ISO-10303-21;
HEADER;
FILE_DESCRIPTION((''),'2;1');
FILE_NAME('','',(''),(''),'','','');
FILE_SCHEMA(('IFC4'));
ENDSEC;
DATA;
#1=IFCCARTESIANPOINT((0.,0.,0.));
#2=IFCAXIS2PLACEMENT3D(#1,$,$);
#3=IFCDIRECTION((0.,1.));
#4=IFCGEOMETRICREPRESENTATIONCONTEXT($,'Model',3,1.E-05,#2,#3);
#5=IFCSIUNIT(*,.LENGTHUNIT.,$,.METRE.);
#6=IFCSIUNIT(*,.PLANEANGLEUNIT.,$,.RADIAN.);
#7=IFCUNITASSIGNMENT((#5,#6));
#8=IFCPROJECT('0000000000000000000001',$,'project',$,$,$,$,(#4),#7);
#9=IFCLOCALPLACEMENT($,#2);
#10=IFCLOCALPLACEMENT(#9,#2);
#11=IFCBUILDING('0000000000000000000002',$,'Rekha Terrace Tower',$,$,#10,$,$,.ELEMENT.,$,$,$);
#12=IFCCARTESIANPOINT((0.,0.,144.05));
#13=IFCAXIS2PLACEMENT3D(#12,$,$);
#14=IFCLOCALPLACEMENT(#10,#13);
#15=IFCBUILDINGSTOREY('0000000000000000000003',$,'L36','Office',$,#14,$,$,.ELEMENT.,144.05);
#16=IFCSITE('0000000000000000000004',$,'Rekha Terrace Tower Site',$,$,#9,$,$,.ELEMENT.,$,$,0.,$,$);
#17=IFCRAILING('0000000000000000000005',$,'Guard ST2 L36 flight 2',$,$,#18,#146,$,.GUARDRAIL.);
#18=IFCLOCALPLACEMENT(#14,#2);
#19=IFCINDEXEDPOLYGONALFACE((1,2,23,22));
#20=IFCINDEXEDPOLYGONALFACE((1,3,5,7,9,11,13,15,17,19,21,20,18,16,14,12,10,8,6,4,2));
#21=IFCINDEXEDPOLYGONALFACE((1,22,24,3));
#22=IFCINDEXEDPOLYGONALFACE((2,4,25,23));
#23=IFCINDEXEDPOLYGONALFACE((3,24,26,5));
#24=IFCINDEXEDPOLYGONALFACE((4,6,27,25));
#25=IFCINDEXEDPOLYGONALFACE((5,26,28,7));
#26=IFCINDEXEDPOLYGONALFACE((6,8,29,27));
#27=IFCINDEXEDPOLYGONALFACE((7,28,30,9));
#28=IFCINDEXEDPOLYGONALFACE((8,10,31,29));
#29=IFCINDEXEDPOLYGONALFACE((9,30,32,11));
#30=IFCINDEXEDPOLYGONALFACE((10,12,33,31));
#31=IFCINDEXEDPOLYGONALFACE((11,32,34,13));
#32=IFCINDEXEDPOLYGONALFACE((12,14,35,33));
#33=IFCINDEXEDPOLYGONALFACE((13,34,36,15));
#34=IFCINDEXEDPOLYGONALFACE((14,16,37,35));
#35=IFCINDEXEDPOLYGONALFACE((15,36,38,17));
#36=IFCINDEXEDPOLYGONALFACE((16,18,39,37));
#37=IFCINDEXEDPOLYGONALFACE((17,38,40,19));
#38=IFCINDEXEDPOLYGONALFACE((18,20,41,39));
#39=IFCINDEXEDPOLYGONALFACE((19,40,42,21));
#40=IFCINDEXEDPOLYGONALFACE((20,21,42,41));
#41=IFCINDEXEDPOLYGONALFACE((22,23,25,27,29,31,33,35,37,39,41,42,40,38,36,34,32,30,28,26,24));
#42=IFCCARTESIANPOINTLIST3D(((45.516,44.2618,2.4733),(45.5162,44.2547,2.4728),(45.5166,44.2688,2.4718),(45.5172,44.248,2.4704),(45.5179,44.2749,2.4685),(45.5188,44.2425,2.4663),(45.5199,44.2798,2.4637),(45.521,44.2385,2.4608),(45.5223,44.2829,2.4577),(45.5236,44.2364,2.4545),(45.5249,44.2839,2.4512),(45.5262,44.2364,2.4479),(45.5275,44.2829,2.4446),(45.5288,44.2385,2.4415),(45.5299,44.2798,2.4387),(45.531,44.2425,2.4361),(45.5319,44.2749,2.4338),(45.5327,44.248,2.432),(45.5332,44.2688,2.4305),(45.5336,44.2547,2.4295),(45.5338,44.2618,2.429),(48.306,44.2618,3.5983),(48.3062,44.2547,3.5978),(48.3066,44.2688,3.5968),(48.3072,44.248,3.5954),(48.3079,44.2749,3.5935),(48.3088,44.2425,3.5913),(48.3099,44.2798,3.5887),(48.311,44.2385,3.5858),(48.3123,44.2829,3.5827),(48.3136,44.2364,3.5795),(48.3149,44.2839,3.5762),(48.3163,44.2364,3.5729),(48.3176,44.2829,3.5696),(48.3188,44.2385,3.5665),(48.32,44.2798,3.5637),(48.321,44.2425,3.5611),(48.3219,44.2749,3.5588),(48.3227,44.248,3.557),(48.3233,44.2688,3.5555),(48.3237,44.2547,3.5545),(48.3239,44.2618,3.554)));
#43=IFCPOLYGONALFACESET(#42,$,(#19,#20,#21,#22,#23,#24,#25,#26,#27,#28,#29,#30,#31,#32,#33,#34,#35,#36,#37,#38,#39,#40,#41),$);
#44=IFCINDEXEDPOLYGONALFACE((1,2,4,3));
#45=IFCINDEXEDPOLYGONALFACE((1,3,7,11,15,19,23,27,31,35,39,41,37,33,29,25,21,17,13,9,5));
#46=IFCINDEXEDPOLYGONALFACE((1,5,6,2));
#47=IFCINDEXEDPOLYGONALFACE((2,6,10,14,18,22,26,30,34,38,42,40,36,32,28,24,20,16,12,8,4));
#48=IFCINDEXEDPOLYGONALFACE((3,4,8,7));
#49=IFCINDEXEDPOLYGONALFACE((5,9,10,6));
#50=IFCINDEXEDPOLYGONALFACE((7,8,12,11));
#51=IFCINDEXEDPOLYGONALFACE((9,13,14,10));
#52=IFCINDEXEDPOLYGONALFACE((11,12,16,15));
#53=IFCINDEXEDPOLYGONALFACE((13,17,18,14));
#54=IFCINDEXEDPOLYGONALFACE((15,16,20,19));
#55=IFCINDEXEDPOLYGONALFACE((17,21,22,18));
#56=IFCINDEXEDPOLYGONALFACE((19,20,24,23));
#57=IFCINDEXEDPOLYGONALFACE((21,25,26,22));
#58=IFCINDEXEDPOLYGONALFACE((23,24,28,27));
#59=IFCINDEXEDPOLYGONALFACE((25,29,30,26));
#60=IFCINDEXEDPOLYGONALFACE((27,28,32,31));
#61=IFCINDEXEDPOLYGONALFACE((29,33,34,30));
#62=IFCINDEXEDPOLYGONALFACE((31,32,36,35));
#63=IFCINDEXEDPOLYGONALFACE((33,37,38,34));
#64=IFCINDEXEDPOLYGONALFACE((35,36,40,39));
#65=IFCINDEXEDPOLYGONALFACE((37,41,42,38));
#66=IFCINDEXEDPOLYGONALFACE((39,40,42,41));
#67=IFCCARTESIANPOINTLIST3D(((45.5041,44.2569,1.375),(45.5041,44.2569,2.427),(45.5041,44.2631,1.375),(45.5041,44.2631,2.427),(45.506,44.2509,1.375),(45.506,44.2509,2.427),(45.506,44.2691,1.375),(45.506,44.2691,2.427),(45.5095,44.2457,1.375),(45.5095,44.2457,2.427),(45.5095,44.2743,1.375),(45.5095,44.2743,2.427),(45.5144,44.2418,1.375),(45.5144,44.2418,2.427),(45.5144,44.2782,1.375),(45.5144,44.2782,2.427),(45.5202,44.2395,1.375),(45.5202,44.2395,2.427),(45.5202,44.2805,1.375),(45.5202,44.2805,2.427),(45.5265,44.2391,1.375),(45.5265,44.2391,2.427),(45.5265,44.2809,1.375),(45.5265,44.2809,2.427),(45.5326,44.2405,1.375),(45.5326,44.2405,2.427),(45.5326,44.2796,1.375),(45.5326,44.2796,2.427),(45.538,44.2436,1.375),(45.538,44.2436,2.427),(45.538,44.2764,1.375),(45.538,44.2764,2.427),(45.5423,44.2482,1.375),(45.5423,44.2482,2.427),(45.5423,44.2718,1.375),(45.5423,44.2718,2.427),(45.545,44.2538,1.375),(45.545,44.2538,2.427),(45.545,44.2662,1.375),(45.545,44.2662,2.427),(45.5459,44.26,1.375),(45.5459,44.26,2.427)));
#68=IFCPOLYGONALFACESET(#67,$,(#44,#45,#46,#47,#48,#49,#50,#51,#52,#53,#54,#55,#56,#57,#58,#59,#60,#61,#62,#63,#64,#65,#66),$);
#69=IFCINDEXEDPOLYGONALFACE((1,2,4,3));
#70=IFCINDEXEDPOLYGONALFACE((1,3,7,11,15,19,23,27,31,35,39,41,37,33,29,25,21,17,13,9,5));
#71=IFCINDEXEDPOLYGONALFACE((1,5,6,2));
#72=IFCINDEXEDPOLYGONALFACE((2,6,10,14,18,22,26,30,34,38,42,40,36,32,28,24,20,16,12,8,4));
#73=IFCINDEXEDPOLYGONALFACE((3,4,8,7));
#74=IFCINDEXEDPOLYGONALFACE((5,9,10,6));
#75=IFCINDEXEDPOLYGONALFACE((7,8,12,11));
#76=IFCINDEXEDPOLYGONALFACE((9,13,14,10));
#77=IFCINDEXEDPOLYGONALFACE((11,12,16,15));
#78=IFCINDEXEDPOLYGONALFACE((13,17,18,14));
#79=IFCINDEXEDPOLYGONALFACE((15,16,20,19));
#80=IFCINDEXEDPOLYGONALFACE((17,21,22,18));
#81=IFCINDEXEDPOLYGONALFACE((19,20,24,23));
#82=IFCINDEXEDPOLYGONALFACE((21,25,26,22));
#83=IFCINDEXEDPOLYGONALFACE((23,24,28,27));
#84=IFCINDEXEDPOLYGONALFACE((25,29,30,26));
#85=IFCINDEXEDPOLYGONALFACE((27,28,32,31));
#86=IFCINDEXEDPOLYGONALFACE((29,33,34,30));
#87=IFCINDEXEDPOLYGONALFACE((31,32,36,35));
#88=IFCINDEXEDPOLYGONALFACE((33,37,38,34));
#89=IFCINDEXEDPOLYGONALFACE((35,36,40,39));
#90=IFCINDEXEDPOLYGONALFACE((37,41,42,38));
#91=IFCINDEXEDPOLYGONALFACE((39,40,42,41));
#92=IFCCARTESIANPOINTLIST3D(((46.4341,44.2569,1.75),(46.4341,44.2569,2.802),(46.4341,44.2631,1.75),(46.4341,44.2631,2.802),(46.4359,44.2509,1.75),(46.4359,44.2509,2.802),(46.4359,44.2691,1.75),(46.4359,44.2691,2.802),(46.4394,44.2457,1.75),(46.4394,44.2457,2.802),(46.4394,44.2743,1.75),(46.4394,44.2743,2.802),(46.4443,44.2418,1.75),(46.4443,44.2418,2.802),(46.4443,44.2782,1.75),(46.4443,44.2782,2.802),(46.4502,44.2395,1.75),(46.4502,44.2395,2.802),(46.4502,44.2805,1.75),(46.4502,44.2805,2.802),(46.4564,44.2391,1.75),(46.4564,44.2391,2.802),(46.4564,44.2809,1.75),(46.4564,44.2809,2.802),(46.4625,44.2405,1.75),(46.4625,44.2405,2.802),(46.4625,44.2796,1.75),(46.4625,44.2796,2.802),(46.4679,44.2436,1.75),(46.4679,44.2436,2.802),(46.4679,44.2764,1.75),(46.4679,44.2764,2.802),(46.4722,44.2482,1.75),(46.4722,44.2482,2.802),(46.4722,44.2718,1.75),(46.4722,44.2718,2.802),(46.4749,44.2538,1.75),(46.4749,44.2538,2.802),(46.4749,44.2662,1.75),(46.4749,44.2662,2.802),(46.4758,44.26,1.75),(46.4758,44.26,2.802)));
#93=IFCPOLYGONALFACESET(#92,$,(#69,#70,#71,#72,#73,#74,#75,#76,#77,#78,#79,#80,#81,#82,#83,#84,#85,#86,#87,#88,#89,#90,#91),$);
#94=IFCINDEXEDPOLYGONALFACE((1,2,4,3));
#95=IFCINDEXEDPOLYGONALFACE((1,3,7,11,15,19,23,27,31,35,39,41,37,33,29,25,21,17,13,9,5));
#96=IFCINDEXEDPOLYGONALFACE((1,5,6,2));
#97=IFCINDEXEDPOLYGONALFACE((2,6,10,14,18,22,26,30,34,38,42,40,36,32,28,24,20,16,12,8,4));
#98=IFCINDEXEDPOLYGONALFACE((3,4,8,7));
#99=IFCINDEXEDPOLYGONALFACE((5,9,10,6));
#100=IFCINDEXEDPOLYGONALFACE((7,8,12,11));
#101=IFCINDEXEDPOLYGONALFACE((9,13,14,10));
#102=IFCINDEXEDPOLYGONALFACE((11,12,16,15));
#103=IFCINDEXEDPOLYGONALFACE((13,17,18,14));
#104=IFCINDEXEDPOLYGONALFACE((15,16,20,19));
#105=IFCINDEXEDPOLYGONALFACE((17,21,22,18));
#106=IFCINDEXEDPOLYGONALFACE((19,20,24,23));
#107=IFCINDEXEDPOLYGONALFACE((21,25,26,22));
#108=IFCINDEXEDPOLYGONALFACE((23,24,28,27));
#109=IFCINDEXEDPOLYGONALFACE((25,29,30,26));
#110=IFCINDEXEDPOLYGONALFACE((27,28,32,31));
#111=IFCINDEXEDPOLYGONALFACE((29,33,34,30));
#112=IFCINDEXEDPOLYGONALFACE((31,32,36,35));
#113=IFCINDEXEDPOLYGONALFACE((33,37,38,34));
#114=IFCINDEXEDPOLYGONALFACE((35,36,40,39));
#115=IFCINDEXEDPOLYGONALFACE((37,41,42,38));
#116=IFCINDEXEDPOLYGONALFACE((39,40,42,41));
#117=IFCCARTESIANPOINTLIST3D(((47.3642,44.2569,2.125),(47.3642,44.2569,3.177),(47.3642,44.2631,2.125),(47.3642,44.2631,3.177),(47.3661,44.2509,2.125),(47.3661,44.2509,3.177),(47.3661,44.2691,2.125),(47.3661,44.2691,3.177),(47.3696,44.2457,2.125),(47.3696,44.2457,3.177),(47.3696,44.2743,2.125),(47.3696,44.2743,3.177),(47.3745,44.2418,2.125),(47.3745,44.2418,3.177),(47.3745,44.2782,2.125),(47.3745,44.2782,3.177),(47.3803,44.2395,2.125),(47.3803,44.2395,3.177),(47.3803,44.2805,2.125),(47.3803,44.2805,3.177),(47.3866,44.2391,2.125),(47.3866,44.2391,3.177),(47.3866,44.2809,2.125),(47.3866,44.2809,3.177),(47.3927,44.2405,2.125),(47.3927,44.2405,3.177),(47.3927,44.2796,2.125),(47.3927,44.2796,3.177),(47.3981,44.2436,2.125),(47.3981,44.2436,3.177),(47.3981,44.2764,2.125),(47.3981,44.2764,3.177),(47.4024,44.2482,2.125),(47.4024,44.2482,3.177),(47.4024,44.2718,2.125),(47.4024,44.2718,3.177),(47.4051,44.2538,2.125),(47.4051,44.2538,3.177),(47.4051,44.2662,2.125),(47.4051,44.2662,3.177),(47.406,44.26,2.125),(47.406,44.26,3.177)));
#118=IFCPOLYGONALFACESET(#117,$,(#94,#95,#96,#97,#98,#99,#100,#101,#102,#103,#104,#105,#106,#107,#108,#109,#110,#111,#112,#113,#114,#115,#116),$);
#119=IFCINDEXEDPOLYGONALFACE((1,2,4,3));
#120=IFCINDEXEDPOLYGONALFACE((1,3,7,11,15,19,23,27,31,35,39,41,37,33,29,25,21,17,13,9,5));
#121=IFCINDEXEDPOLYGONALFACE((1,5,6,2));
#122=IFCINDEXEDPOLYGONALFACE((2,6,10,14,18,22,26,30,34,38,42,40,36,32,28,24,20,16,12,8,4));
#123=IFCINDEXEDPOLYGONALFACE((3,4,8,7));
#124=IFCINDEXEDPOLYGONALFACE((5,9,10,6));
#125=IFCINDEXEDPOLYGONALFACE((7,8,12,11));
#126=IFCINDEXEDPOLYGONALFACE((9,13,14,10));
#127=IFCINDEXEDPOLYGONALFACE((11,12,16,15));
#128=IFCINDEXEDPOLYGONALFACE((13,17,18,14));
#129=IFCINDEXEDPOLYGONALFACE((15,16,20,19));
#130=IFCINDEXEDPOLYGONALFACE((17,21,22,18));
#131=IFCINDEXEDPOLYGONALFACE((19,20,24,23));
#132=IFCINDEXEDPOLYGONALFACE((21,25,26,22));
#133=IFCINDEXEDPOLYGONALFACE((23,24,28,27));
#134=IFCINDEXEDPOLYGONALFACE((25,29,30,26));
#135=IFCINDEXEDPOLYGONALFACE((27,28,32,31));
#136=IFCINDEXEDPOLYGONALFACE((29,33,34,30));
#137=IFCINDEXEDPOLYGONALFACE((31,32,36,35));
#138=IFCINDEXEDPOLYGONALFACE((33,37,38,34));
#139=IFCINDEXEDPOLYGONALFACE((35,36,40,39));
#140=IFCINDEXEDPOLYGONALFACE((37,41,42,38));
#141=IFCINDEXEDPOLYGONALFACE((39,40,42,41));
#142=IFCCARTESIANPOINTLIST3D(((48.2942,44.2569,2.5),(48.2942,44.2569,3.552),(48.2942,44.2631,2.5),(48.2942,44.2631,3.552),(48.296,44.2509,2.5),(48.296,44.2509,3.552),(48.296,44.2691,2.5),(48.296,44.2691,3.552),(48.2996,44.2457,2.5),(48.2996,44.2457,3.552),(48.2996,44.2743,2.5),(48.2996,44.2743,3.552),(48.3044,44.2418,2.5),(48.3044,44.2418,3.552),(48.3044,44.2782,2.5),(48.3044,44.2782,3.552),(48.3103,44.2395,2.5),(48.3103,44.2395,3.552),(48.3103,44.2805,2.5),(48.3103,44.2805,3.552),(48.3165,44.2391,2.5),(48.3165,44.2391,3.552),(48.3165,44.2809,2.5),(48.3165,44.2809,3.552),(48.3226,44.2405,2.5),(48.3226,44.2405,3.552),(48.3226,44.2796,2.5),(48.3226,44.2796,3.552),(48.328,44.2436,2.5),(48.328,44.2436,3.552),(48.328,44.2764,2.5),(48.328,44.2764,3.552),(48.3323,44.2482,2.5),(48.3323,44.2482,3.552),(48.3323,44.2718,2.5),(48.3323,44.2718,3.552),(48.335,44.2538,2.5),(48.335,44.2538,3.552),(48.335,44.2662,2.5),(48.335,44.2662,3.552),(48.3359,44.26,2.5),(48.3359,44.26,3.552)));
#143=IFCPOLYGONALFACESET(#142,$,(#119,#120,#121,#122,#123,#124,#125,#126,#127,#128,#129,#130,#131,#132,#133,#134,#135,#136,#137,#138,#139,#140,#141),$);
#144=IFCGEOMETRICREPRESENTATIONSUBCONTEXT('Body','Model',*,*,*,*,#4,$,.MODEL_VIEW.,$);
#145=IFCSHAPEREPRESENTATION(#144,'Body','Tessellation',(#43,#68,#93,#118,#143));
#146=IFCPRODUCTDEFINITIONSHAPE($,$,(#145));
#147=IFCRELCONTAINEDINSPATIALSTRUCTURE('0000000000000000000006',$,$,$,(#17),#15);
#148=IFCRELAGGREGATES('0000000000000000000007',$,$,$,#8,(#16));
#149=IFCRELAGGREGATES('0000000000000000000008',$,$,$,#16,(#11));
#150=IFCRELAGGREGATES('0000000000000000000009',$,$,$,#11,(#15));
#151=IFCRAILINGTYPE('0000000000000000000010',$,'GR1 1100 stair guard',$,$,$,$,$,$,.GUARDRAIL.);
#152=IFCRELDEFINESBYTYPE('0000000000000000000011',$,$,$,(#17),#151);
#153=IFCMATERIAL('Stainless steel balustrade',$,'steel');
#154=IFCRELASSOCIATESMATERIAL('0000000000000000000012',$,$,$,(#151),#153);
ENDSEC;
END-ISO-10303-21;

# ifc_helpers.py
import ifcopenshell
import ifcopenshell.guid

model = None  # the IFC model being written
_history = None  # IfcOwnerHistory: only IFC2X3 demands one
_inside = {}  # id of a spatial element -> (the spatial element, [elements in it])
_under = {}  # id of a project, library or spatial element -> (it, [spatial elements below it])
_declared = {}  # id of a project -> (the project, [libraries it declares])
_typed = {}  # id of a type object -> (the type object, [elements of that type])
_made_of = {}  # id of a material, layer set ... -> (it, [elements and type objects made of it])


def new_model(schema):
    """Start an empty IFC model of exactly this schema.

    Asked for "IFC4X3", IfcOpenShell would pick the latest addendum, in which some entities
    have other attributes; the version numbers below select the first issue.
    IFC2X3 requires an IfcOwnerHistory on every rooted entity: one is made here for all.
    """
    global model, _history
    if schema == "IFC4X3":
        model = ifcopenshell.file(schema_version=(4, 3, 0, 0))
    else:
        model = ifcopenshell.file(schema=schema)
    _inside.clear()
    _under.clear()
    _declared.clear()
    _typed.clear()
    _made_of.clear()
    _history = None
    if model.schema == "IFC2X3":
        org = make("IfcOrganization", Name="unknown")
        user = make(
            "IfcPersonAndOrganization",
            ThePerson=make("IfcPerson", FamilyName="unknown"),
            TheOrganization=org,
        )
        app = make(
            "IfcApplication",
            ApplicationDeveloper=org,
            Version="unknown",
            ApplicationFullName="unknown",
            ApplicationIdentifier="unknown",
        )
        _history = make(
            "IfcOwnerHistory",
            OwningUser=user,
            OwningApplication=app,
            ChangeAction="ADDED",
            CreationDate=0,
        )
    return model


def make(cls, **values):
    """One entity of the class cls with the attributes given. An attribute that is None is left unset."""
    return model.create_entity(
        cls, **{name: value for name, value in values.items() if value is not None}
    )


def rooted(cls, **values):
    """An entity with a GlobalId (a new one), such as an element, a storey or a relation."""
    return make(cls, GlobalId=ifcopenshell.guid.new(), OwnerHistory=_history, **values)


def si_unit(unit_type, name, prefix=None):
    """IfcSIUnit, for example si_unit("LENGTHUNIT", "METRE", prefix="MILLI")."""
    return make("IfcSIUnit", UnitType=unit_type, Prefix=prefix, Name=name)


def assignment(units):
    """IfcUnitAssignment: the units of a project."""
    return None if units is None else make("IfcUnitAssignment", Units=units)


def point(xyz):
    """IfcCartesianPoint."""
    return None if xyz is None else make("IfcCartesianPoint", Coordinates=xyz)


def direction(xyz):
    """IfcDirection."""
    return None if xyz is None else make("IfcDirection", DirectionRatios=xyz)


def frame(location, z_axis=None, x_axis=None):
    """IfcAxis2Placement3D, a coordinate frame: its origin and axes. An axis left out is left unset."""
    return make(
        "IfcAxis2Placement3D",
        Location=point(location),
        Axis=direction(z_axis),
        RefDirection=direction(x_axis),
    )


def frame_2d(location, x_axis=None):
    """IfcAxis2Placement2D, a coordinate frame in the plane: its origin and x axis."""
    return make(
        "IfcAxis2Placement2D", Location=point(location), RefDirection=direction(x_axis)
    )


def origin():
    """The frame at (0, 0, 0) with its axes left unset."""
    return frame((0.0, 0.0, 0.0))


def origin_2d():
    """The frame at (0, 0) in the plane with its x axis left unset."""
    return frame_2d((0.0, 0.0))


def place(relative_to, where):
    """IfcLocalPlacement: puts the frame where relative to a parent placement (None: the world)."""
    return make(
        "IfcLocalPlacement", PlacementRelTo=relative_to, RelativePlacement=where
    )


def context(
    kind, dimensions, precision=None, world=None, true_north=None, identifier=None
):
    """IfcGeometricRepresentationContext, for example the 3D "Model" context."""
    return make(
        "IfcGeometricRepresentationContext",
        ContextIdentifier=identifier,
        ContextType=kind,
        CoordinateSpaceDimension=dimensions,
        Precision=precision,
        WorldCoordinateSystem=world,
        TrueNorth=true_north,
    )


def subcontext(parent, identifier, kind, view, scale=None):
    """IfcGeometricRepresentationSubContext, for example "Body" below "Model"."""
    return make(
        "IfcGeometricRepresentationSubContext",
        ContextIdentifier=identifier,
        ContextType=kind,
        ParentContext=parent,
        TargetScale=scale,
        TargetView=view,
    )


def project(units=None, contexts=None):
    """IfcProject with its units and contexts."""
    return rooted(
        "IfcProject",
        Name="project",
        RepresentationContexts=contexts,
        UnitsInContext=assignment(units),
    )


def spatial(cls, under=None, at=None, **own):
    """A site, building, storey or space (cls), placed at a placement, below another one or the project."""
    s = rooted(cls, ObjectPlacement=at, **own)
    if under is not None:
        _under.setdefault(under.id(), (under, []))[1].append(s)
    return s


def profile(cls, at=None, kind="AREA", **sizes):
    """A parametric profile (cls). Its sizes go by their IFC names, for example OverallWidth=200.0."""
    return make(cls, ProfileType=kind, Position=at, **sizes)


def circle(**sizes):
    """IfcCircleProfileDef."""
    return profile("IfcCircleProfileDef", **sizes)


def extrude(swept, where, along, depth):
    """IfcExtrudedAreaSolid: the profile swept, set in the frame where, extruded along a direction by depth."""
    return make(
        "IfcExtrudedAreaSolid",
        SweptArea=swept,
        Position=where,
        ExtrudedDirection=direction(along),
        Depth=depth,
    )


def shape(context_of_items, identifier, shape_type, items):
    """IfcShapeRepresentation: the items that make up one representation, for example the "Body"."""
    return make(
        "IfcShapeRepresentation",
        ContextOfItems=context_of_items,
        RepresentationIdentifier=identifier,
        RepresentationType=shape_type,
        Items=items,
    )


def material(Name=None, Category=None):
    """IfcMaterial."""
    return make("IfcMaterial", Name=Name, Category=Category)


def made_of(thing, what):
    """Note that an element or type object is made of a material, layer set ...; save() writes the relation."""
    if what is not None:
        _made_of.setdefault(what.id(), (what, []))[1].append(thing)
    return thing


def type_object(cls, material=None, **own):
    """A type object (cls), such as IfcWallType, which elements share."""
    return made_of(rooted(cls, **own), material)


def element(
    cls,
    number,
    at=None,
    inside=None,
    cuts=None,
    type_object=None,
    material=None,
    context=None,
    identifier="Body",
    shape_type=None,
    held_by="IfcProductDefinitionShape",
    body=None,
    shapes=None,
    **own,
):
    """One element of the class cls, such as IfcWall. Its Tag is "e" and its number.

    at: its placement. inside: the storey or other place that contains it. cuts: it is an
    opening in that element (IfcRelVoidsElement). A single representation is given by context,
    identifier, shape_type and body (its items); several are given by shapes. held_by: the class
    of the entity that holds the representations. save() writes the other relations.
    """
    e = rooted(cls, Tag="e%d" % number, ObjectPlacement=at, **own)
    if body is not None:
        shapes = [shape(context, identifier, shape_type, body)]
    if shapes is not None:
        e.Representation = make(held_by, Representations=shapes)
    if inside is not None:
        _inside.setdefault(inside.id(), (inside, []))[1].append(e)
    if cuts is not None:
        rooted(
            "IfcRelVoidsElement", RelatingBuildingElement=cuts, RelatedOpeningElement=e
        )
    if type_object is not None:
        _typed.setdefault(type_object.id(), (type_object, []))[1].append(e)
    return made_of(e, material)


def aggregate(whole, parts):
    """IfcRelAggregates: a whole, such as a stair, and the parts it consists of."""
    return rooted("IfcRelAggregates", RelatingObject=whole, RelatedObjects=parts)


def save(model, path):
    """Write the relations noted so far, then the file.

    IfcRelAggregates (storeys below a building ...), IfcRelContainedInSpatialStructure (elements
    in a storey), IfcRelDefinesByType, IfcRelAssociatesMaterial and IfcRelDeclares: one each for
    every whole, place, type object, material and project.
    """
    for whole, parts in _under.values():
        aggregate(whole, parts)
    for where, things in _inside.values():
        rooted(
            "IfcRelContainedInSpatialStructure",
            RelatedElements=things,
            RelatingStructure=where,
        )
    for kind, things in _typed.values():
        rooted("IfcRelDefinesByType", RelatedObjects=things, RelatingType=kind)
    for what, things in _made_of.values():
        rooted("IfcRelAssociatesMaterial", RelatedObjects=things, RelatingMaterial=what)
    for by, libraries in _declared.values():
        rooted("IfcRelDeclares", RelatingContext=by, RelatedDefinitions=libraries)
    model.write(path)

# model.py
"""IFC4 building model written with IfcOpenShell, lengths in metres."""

from ifc_helpers import new_model, si_unit, direction, frame, origin, origin_2d, place, context, subcontext, project, spatial, circle, extrude, material, type_object, element, save


model = new_model("IFC4")

# Units and contexts
model_context = context("Model", 3, precision=1e-05, world=origin(), true_north=direction((0.0, 1.0)))
body_context = subcontext(model_context, "Body", "Model", "MODEL_VIEW")
ifc_project = project(units=[si_unit("LENGTHUNIT", "METRE"), si_unit("PLANEANGLEUNIT", "RADIAN")], contexts=[model_context])

# Site, building, storey
site_placement = place(None, origin())
site = spatial("IfcSite", under=ifc_project, at=site_placement, Name="Rekha Terrace Tower Site", CompositionType="ELEMENT", RefElevation=0.0)
building_placement = place(site_placement, origin())
building = spatial("IfcBuilding", under=site, at=building_placement, Name="Rekha Terrace Tower", CompositionType="ELEMENT")
storey_placement = place(building_placement, frame((0.0, 0.0, 144.05)))
storey = spatial("IfcBuildingStorey", under=building, at=storey_placement, Name="L36", Description="Office", CompositionType="ELEMENT", Elevation=144.05)

# Railing
ifc_material_1 = material(Name="Stainless steel balustrade", Category="steel")
railing_type_1 = type_object("IfcRailingType", Name="GR1 1100 stair guard", PredefinedType="GUARDRAIL", material=ifc_material_1)
railing_1_placement = place(storey_placement, frame((45.5249, 44.26, 1.375)))
element("IfcRailing", 1, at=railing_1_placement, inside=storey, type_object=railing_type_1, Name="Guard ST2 L36 flight 2", PredefinedType="GUARDRAIL", context=body_context, shape_type="SweptSolid", body=[
    extrude(circle(Radius=0.0239, at=origin_2d()), frame((0.0, 0.0, 1.0762), z_axis=(0.927443, 0.0, 0.373964), x_axis=(0.0, 1.0, 0.0)), (0.0, 0.0, 1.0), 3.0083),
    extrude(circle(Radius=0.021, at=origin_2d()), origin(), (0.0, 0.0, 1.0), 1.052),
    extrude(circle(Radius=0.021, at=origin_2d()), frame((0.9299, 0.0, 0.375)), (0.0, 0.0, 1.0), 1.052),
    extrude(circle(Radius=0.021, at=origin_2d()), frame((1.8601, 0.0, 0.75)), (0.0, 0.0, 1.0), 1.052),
    extrude(circle(Radius=0.021, at=origin_2d()), frame((2.79, 0.0, 1.125)), (0.0, 0.0, 1.0), 1.052),
])

save(model, "model.ifc")
